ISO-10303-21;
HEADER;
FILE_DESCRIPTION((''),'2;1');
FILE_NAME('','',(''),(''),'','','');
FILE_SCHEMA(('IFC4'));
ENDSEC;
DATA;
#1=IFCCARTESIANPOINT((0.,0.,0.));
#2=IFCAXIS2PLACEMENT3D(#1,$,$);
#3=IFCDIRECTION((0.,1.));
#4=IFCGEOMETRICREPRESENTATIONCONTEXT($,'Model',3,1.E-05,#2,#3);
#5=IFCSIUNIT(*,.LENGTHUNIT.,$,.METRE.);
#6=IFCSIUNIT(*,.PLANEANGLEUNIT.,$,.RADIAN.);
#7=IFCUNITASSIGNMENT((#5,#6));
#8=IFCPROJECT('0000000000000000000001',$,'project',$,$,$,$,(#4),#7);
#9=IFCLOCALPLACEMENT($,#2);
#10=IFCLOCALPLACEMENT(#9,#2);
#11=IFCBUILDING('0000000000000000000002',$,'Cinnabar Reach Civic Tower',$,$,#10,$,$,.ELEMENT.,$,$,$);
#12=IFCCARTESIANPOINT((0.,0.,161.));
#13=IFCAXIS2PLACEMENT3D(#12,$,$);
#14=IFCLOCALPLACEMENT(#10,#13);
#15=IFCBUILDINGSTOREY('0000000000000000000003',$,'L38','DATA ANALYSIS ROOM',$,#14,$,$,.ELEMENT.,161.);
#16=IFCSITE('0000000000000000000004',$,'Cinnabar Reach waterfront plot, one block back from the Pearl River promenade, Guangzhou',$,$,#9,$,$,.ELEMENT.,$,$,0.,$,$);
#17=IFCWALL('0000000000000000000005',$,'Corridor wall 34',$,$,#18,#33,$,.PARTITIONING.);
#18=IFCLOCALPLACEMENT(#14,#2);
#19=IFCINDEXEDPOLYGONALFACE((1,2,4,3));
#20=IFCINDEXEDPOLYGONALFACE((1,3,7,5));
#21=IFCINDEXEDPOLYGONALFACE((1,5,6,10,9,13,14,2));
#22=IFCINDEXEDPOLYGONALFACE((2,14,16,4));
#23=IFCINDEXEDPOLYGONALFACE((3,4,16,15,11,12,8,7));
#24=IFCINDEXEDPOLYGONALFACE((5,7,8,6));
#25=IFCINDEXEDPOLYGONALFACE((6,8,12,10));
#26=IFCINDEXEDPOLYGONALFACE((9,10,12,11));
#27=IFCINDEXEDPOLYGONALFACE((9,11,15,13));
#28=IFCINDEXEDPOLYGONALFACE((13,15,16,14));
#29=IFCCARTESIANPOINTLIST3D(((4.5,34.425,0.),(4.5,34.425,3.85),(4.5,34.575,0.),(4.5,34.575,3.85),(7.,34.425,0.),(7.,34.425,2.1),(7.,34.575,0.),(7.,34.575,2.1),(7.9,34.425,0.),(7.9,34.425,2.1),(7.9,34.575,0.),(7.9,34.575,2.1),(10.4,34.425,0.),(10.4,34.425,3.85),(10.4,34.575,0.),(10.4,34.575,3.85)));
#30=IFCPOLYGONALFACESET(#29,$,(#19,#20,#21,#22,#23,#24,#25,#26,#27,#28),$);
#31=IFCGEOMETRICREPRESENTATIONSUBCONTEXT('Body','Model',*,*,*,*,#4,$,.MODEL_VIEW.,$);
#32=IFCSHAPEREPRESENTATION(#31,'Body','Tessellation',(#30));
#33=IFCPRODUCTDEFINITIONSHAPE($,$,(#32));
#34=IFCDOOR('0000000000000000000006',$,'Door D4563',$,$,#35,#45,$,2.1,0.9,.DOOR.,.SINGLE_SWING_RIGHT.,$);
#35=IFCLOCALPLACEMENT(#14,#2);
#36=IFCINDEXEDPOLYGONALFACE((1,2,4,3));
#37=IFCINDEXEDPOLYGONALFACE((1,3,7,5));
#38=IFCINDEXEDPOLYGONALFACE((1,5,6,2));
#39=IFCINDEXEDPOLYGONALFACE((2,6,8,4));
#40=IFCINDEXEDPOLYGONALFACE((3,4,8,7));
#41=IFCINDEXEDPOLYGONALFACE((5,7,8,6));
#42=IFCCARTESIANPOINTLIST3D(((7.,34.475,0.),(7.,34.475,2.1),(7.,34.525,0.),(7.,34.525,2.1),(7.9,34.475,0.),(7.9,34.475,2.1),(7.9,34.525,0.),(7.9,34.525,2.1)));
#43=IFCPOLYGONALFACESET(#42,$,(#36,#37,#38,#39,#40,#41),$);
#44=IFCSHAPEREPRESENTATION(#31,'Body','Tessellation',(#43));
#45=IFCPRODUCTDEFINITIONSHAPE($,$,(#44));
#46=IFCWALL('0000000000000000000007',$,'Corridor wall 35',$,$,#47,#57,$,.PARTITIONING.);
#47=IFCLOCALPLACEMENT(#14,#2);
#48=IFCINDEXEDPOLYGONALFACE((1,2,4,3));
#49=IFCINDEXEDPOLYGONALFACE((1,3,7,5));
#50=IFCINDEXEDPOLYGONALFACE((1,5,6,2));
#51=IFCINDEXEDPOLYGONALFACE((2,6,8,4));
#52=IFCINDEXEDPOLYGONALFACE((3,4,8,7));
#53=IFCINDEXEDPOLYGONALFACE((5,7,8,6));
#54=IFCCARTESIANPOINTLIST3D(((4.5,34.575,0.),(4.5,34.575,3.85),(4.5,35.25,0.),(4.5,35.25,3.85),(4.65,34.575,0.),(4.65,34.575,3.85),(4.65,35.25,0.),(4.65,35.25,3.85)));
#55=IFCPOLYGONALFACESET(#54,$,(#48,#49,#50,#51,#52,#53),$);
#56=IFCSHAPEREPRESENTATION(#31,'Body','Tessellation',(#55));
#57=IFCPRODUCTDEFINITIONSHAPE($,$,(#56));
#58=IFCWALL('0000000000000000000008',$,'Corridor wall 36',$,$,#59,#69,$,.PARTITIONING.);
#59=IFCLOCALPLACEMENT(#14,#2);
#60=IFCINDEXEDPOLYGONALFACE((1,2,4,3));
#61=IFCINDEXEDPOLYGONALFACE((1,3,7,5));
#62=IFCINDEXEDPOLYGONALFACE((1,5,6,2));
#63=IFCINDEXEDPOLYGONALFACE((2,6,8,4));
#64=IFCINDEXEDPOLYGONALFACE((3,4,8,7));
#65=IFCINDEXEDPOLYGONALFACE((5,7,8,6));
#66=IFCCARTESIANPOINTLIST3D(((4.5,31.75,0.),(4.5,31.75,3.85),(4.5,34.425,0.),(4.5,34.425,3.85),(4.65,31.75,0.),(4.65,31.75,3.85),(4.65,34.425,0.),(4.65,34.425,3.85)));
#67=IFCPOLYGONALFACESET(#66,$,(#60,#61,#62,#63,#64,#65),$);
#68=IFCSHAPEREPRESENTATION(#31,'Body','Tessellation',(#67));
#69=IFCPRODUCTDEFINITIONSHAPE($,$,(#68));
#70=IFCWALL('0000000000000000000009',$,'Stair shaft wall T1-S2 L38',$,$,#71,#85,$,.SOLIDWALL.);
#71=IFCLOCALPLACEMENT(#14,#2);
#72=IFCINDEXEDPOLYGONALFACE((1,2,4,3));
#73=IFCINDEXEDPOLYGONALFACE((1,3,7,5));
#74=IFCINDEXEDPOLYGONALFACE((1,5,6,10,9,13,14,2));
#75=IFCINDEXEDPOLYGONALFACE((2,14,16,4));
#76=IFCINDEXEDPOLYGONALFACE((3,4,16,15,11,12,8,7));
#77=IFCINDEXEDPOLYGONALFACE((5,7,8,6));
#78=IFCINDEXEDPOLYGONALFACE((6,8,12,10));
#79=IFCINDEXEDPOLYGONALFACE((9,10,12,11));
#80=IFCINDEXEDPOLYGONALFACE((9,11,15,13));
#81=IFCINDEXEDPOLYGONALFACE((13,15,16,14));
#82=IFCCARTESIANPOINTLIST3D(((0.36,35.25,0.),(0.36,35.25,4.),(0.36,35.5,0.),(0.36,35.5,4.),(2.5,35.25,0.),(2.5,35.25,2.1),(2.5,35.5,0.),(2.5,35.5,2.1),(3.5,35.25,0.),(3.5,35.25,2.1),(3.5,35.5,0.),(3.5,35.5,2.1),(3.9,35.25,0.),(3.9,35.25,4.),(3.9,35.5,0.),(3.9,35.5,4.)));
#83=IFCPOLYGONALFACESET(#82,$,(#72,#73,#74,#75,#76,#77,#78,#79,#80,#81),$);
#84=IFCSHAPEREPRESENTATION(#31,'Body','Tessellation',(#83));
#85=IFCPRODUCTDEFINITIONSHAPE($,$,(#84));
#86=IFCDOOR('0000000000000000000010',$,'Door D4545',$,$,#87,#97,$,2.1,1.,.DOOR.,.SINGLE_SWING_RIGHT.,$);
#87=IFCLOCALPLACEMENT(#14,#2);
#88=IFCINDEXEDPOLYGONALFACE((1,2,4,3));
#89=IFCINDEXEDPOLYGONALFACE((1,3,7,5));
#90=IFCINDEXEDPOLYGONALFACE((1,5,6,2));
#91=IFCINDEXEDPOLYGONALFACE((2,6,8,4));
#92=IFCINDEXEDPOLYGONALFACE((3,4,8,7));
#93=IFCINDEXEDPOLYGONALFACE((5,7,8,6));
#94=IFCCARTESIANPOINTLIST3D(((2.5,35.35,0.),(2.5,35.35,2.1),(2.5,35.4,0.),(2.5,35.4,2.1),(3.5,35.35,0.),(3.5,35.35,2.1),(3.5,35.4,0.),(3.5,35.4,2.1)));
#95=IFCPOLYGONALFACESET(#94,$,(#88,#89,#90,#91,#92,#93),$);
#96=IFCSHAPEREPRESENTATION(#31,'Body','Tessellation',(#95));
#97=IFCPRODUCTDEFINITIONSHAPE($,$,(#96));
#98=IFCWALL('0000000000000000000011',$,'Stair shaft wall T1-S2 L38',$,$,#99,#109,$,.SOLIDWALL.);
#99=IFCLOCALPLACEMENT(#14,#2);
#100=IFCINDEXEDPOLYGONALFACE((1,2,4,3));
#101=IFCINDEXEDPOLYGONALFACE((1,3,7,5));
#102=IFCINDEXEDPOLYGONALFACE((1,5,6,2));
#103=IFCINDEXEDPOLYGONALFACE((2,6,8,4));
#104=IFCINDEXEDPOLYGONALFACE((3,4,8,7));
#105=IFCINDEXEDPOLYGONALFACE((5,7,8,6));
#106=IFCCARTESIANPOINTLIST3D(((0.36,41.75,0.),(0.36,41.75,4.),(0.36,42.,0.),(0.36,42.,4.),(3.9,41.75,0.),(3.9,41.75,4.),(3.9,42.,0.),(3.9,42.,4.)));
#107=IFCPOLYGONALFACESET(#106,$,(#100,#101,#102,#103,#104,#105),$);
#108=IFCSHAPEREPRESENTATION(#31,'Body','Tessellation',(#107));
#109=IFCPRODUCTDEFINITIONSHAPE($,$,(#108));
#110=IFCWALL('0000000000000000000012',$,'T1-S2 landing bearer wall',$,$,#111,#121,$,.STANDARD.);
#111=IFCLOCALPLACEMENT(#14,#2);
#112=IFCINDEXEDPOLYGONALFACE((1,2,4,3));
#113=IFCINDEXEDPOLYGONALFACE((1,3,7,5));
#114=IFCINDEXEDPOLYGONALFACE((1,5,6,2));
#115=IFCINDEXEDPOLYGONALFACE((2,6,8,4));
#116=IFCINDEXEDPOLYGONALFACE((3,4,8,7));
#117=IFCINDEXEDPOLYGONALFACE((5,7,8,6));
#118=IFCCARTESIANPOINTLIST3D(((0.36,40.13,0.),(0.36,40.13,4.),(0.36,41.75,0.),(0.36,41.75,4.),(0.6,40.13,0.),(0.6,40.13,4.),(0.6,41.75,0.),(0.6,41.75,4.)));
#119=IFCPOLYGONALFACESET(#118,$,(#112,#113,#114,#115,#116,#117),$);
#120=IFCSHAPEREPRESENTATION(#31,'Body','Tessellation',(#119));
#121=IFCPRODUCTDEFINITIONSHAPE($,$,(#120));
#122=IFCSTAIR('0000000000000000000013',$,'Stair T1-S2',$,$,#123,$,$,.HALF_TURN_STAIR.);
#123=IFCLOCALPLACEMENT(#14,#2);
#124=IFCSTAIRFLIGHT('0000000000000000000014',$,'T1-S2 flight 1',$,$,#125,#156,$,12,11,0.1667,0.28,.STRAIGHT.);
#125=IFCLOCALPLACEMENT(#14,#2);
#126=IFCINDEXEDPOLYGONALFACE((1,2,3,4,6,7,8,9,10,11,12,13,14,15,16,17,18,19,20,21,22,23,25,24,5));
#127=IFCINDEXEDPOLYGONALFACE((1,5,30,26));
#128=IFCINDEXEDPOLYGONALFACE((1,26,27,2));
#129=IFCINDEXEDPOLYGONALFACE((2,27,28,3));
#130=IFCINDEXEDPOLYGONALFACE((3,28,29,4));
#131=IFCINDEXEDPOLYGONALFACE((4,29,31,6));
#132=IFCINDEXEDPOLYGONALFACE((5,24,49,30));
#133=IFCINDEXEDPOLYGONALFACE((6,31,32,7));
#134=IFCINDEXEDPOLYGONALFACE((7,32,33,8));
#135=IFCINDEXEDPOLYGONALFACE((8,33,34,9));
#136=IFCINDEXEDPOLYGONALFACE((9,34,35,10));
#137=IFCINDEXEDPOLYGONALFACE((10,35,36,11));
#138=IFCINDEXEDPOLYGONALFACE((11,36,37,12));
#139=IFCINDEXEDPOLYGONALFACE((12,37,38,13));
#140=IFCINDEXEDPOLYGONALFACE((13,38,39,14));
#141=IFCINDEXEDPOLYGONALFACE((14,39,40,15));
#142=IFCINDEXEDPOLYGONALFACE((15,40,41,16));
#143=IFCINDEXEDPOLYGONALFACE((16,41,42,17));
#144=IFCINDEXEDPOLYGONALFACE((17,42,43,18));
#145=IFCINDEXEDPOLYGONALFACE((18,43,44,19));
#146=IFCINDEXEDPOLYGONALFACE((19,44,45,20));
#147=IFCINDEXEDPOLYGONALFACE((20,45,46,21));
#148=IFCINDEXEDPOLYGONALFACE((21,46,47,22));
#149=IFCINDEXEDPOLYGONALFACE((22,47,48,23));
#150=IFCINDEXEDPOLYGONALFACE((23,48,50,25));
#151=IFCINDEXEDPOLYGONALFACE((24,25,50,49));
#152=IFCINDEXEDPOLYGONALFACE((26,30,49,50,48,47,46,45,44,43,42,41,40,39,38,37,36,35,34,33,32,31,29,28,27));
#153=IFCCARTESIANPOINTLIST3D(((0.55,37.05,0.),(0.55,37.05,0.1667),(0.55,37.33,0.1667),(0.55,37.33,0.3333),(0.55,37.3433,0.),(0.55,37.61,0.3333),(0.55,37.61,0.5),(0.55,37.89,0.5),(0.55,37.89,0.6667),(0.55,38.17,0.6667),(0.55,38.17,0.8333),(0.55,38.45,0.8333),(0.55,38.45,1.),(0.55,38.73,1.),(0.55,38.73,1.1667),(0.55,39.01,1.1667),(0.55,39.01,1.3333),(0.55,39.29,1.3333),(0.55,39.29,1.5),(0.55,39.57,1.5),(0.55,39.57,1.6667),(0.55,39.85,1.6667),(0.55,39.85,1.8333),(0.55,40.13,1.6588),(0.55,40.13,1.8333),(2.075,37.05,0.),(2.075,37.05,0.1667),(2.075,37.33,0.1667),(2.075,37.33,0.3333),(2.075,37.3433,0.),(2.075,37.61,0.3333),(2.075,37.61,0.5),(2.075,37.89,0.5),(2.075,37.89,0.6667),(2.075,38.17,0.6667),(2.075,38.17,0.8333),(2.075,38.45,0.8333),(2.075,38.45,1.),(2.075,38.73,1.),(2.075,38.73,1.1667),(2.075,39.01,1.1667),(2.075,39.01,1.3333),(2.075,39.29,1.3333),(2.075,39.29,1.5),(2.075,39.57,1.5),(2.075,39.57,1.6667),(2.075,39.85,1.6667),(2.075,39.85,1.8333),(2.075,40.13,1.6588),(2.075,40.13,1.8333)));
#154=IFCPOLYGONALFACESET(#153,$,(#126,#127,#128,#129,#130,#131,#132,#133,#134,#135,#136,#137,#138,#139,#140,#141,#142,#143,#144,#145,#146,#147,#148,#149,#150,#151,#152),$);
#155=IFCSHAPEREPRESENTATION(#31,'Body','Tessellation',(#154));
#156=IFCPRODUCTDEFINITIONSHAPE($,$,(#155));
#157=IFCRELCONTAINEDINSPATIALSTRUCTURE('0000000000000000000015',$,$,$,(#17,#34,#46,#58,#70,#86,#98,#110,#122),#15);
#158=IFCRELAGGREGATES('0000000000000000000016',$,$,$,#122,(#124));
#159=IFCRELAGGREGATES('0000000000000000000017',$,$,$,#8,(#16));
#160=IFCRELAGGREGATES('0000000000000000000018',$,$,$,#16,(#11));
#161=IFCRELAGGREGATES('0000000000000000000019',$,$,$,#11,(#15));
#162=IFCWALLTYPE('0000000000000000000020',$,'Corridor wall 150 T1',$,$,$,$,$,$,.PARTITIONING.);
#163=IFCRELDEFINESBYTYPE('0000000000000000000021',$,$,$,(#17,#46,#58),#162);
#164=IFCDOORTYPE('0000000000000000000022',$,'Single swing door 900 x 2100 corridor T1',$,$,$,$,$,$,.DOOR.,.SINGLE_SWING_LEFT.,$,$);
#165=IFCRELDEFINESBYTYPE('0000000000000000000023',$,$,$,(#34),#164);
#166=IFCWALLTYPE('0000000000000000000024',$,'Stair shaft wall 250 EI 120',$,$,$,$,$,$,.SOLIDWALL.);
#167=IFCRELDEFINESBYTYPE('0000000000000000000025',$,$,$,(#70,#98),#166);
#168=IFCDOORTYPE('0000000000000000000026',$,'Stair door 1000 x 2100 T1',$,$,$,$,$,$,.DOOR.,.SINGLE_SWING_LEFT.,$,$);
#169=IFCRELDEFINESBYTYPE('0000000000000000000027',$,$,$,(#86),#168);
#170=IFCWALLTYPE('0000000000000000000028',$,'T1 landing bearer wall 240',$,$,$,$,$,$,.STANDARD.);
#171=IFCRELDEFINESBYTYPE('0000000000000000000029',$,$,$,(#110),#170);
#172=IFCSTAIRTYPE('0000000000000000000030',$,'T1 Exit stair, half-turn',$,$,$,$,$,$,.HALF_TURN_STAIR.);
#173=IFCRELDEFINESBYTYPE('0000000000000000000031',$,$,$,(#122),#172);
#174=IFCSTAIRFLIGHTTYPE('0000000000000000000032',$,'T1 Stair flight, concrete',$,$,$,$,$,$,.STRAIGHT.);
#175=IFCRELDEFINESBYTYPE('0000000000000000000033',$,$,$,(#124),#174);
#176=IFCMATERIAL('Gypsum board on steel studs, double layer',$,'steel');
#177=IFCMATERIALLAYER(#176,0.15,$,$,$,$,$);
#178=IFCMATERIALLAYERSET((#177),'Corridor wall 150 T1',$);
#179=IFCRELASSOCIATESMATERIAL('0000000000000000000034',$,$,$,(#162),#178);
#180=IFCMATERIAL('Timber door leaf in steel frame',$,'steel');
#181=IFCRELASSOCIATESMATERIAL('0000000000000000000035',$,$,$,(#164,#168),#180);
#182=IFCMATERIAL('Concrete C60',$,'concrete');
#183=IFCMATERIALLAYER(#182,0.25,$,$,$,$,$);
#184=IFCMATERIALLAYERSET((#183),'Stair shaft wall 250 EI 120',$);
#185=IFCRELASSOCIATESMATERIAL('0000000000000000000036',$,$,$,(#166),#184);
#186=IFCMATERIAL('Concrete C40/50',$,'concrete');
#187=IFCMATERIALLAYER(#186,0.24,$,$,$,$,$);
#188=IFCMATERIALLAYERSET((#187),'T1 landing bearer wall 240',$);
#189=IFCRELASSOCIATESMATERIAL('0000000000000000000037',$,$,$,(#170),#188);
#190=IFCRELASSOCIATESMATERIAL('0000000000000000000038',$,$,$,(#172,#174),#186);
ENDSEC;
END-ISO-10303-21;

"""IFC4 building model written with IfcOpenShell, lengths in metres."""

from ifc_helpers import new_model, si_unit, direction, frame, frame_2d, origin, place, context, subcontext, project, spatial, polyline, rectangle, outline, extrude, material, layer, layer_set, type_object, element, fill, aggregate, save


model = new_model("IFC4")

# Units and contexts
model_context = context("Model", 3, precision=1e-05, world=origin(), true_north=direction((0.0, 1.0)))
body_context = subcontext(model_context, "Body", "Model", "MODEL_VIEW")
ifc_project = project(units=[si_unit("LENGTHUNIT", "METRE"), si_unit("PLANEANGLEUNIT", "RADIAN")], contexts=[model_context])

# Site, building, storey
site_placement = place(None, origin())
site = spatial("IfcSite", under=ifc_project, at=site_placement, Name="Cinnabar Reach waterfront plot, one block back from the Pearl River promenade, Guangzhou", CompositionType="ELEMENT", RefElevation=0.0)
building_placement = place(site_placement, origin())
building = spatial("IfcBuilding", under=site, at=building_placement, Name="Cinnabar Reach Civic Tower", CompositionType="ELEMENT")
storey_placement = place(building_placement, frame((0.0, 0.0, 161.0)))
storey = spatial("IfcBuildingStorey", under=building, at=storey_placement, Name="L38", Description="DATA ANALYSIS ROOM", CompositionType="ELEMENT", Elevation=161.0)

# Shared definitions
ifc_material_1 = material(Name="Gypsum board on steel studs, double layer", Category="steel")
ifc_layer_1 = layer(ifc_material_1, 0.15)
ifc_layer_set_1 = layer_set([ifc_layer_1], Name="Corridor wall 150 T1")
wall_type_1 = type_object("IfcWallType", Name="Corridor wall 150 T1", PredefinedType="PARTITIONING", material=ifc_layer_set_1)
ifc_material_2 = material(Name="Timber door leaf in steel frame", Category="steel")
door_type_1 = type_object("IfcDoorType", Name="Single swing door 900 x 2100 corridor T1", OperationType="SINGLE_SWING_LEFT", PredefinedType="DOOR", material=ifc_material_2)

# Wall, opening, door
wall_1_placement = place(storey_placement, frame((4.5, 34.5, 0.0), z_axis=(0.0, 0.0, 1.0), x_axis=(1.0, 0.0, 0.0)))
wall_1 = element("IfcWall", 1, at=wall_1_placement, inside=storey, type_object=wall_type_1, Name="Corridor wall 34", PredefinedType="PARTITIONING", context=body_context, shape_type="SweptSolid", body=[
    extrude(rectangle(XDim=5.9, YDim=0.15, at=frame_2d((2.95, 0.0))), origin(), (0.0, 0.0, 1.0), 3.85),
])
opening_1_placement = place(wall_1_placement, frame((2.5, 0.0, 0.0)))
opening_1 = element("IfcOpeningElement", 2, at=opening_1_placement, cuts=wall_1, PredefinedType="OPENING", context=body_context, shape_type="SweptSolid", body=[
    extrude(rectangle(XDim=0.9, YDim=2.1, at=frame_2d((0.45, 1.05))), frame((0.0, 0.085, 0.0), z_axis=(0.0, -1.0, 0.0), x_axis=(1.0, 0.0, 0.0)), (0.0, 0.0, 1.0), 0.17),
])
door_1_placement = place(opening_1_placement, frame((0.9, 0.0, 0.0), z_axis=(0.0, 0.0, 1.0), x_axis=(-1.0, 0.0, 0.0)))
door_1 = element("IfcDoor", 3, at=door_1_placement, inside=storey, type_object=door_type_1, Name="Door D4563", OperationType="SINGLE_SWING_RIGHT", OverallHeight=2.1, OverallWidth=0.9, PredefinedType="DOOR", context=body_context, shape_type="SweptSolid", body=[
    extrude(rectangle(XDim=0.9, YDim=2.1, at=frame_2d((0.45, 1.05))), frame((0.0, 0.025, 0.0), z_axis=(0.0, -1.0, 0.0), x_axis=(1.0, 0.0, 0.0)), (0.0, 0.0, 1.0), 0.05),
])
fill(opening_1, door_1)

# Walls
wall_2_placement = place(storey_placement, frame((4.575, 34.575, 0.0), z_axis=(0.0, 0.0, 1.0), x_axis=(0.0, 1.0, 0.0)))
element("IfcWall", 4, at=wall_2_placement, inside=storey, type_object=wall_type_1, Name="Corridor wall 35", PredefinedType="PARTITIONING", context=body_context, shape_type="SweptSolid", body=[
    extrude(rectangle(XDim=0.675, YDim=0.15, at=frame_2d((0.3375, 0.0))), origin(), (0.0, 0.0, 1.0), 3.85),
])
wall_3_placement = place(storey_placement, frame((4.575, 31.75, 0.0), z_axis=(0.0, 0.0, 1.0), x_axis=(0.0, 1.0, 0.0)))
element("IfcWall", 5, at=wall_3_placement, inside=storey, type_object=wall_type_1, Name="Corridor wall 36", PredefinedType="PARTITIONING", context=body_context, shape_type="SweptSolid", body=[
    extrude(rectangle(XDim=2.675, YDim=0.15, at=frame_2d((1.3375, 0.0))), origin(), (0.0, 0.0, 1.0), 3.85),
])

# Wall, opening, door
ifc_material_3 = material(Name="Concrete C60", Category="concrete")
ifc_layer_2 = layer(ifc_material_3, 0.25)
ifc_layer_set_2 = layer_set([ifc_layer_2], Name="Stair shaft wall 250 EI 120")
wall_type_2 = type_object("IfcWallType", Name="Stair shaft wall 250 EI 120", PredefinedType="SOLIDWALL", material=ifc_layer_set_2)
wall_4_placement = place(storey_placement, frame((0.36, 35.375, 0.0), z_axis=(0.0, 0.0, 1.0), x_axis=(1.0, 0.0, 0.0)))
wall_4 = element("IfcWall", 6, at=wall_4_placement, inside=storey, type_object=wall_type_2, Name="Stair shaft wall T1-S2 L38", PredefinedType="SOLIDWALL", context=body_context, shape_type="SweptSolid", body=[
    extrude(rectangle(XDim=3.54, YDim=0.25, at=frame_2d((1.77, 0.0))), origin(), (0.0, 0.0, 1.0), 4.0),
])
opening_2_placement = place(wall_4_placement, frame((2.14, 0.0, 0.0)))
opening_2 = element("IfcOpeningElement", 7, at=opening_2_placement, cuts=wall_4, PredefinedType="OPENING", context=body_context, shape_type="SweptSolid", body=[
    extrude(rectangle(XDim=1.0, YDim=2.1, at=frame_2d((0.5, 1.05))), frame((0.0, 0.135, 0.0), z_axis=(0.0, -1.0, 0.0), x_axis=(1.0, 0.0, 0.0)), (0.0, 0.0, 1.0), 0.27),
])
door_type_2 = type_object("IfcDoorType", Name="Stair door 1000 x 2100 T1", OperationType="SINGLE_SWING_LEFT", PredefinedType="DOOR", material=ifc_material_2)
door_2_placement = place(opening_2_placement, origin())
door_2 = element("IfcDoor", 8, at=door_2_placement, inside=storey, type_object=door_type_2, Name="Door D4545", OperationType="SINGLE_SWING_RIGHT", OverallHeight=2.1, OverallWidth=1.0, PredefinedType="DOOR", context=body_context, shape_type="SweptSolid", body=[
    extrude(rectangle(XDim=1.0, YDim=2.1, at=frame_2d((0.5, 1.05))), frame((0.0, 0.025, 0.0), z_axis=(0.0, -1.0, 0.0), x_axis=(1.0, 0.0, 0.0)), (0.0, 0.0, 1.0), 0.05),
])
fill(opening_2, door_2)

# Walls
wall_5_placement = place(storey_placement, frame((3.9, 41.875, 0.0), z_axis=(0.0, 0.0, 1.0), x_axis=(-1.0, 0.0, 0.0)))
element("IfcWall", 9, at=wall_5_placement, inside=storey, type_object=wall_type_2, Name="Stair shaft wall T1-S2 L38", PredefinedType="SOLIDWALL", context=body_context, shape_type="SweptSolid", body=[
    extrude(rectangle(XDim=3.54, YDim=0.25, at=frame_2d((1.77, 0.0))), origin(), (0.0, 0.0, 1.0), 4.0),
])
ifc_material_4 = material(Name="Concrete C40/50", Category="concrete")
ifc_layer_3 = layer(ifc_material_4, 0.24)
ifc_layer_set_3 = layer_set([ifc_layer_3], Name="T1 landing bearer wall 240")
wall_type_3 = type_object("IfcWallType", Name="T1 landing bearer wall 240", PredefinedType="STANDARD", material=ifc_layer_set_3)
wall_6_placement = place(storey_placement, frame((0.48, 40.13, 0.0), z_axis=(0.0, 0.0, 1.0), x_axis=(0.0, 1.0, 0.0)))
element("IfcWall", 10, at=wall_6_placement, inside=storey, type_object=wall_type_3, Name="T1-S2 landing bearer wall", PredefinedType="STANDARD", context=body_context, shape_type="SweptSolid", body=[
    extrude(rectangle(XDim=1.62, YDim=0.24, at=frame_2d((0.81, 0.0))), origin(), (0.0, 0.0, 1.0), 4.0),
])

# Stair, stair flight
stair_type = type_object("IfcStairType", Name="T1 Exit stair, half-turn", PredefinedType="HALF_TURN_STAIR", material=ifc_material_4)
stair_placement = place(storey_placement, origin())
stair = element("IfcStair", 11, at=stair_placement, inside=storey, type_object=stair_type, Name="Stair T1-S2", PredefinedType="HALF_TURN_STAIR")
stair_flight_type = type_object("IfcStairFlightType", Name="T1 Stair flight, concrete", PredefinedType="STRAIGHT", material=ifc_material_4)
stair_flight_1_placement = place(storey_placement, frame((1.3125, 37.05, 0.0), z_axis=(0.0, 0.0, 1.0), x_axis=(0.0, 1.0, 0.0)))
stair_flight_1 = element("IfcStairFlight", 12, at=stair_flight_1_placement, type_object=stair_flight_type, Name="T1-S2 flight 1", NumberOfRisers=12, NumberOfTreads=11, PredefinedType="STRAIGHT", RiserHeight=0.1667, TreadLength=0.28, context=body_context, shape_type="SweptSolid", body=[
    extrude(outline(polyline([(0.0, 0.0), (0.0, 0.1667), (0.28, 0.1667), (0.28, 0.3333), (0.56, 0.3333), (0.56, 0.5), (0.84, 0.5), (0.84, 0.6667), (1.12, 0.6667), (1.12, 0.8333), (1.4, 0.8333), (1.4, 1.0), (1.68, 1.0), (1.68, 1.1667), (1.96, 1.1667), (1.96, 1.3333), (2.24, 1.3333), (2.24, 1.5), (2.52, 1.5), (2.52, 1.6667), (2.8, 1.6667), (2.8, 1.8333), (3.08, 1.8333), (3.08, 2.0), (3.08, 1.6588), (0.2933, 0.0), (0.0, 0.0)])), frame((0.0, 0.7625, 0.0), z_axis=(0.0, -1.0, 0.0), x_axis=(1.0, 0.0, 0.0)), (0.0, 0.0, 1.0), 1.525),
])
aggregate(stair, [stair_flight_1])

save(model, "model.ifc")
